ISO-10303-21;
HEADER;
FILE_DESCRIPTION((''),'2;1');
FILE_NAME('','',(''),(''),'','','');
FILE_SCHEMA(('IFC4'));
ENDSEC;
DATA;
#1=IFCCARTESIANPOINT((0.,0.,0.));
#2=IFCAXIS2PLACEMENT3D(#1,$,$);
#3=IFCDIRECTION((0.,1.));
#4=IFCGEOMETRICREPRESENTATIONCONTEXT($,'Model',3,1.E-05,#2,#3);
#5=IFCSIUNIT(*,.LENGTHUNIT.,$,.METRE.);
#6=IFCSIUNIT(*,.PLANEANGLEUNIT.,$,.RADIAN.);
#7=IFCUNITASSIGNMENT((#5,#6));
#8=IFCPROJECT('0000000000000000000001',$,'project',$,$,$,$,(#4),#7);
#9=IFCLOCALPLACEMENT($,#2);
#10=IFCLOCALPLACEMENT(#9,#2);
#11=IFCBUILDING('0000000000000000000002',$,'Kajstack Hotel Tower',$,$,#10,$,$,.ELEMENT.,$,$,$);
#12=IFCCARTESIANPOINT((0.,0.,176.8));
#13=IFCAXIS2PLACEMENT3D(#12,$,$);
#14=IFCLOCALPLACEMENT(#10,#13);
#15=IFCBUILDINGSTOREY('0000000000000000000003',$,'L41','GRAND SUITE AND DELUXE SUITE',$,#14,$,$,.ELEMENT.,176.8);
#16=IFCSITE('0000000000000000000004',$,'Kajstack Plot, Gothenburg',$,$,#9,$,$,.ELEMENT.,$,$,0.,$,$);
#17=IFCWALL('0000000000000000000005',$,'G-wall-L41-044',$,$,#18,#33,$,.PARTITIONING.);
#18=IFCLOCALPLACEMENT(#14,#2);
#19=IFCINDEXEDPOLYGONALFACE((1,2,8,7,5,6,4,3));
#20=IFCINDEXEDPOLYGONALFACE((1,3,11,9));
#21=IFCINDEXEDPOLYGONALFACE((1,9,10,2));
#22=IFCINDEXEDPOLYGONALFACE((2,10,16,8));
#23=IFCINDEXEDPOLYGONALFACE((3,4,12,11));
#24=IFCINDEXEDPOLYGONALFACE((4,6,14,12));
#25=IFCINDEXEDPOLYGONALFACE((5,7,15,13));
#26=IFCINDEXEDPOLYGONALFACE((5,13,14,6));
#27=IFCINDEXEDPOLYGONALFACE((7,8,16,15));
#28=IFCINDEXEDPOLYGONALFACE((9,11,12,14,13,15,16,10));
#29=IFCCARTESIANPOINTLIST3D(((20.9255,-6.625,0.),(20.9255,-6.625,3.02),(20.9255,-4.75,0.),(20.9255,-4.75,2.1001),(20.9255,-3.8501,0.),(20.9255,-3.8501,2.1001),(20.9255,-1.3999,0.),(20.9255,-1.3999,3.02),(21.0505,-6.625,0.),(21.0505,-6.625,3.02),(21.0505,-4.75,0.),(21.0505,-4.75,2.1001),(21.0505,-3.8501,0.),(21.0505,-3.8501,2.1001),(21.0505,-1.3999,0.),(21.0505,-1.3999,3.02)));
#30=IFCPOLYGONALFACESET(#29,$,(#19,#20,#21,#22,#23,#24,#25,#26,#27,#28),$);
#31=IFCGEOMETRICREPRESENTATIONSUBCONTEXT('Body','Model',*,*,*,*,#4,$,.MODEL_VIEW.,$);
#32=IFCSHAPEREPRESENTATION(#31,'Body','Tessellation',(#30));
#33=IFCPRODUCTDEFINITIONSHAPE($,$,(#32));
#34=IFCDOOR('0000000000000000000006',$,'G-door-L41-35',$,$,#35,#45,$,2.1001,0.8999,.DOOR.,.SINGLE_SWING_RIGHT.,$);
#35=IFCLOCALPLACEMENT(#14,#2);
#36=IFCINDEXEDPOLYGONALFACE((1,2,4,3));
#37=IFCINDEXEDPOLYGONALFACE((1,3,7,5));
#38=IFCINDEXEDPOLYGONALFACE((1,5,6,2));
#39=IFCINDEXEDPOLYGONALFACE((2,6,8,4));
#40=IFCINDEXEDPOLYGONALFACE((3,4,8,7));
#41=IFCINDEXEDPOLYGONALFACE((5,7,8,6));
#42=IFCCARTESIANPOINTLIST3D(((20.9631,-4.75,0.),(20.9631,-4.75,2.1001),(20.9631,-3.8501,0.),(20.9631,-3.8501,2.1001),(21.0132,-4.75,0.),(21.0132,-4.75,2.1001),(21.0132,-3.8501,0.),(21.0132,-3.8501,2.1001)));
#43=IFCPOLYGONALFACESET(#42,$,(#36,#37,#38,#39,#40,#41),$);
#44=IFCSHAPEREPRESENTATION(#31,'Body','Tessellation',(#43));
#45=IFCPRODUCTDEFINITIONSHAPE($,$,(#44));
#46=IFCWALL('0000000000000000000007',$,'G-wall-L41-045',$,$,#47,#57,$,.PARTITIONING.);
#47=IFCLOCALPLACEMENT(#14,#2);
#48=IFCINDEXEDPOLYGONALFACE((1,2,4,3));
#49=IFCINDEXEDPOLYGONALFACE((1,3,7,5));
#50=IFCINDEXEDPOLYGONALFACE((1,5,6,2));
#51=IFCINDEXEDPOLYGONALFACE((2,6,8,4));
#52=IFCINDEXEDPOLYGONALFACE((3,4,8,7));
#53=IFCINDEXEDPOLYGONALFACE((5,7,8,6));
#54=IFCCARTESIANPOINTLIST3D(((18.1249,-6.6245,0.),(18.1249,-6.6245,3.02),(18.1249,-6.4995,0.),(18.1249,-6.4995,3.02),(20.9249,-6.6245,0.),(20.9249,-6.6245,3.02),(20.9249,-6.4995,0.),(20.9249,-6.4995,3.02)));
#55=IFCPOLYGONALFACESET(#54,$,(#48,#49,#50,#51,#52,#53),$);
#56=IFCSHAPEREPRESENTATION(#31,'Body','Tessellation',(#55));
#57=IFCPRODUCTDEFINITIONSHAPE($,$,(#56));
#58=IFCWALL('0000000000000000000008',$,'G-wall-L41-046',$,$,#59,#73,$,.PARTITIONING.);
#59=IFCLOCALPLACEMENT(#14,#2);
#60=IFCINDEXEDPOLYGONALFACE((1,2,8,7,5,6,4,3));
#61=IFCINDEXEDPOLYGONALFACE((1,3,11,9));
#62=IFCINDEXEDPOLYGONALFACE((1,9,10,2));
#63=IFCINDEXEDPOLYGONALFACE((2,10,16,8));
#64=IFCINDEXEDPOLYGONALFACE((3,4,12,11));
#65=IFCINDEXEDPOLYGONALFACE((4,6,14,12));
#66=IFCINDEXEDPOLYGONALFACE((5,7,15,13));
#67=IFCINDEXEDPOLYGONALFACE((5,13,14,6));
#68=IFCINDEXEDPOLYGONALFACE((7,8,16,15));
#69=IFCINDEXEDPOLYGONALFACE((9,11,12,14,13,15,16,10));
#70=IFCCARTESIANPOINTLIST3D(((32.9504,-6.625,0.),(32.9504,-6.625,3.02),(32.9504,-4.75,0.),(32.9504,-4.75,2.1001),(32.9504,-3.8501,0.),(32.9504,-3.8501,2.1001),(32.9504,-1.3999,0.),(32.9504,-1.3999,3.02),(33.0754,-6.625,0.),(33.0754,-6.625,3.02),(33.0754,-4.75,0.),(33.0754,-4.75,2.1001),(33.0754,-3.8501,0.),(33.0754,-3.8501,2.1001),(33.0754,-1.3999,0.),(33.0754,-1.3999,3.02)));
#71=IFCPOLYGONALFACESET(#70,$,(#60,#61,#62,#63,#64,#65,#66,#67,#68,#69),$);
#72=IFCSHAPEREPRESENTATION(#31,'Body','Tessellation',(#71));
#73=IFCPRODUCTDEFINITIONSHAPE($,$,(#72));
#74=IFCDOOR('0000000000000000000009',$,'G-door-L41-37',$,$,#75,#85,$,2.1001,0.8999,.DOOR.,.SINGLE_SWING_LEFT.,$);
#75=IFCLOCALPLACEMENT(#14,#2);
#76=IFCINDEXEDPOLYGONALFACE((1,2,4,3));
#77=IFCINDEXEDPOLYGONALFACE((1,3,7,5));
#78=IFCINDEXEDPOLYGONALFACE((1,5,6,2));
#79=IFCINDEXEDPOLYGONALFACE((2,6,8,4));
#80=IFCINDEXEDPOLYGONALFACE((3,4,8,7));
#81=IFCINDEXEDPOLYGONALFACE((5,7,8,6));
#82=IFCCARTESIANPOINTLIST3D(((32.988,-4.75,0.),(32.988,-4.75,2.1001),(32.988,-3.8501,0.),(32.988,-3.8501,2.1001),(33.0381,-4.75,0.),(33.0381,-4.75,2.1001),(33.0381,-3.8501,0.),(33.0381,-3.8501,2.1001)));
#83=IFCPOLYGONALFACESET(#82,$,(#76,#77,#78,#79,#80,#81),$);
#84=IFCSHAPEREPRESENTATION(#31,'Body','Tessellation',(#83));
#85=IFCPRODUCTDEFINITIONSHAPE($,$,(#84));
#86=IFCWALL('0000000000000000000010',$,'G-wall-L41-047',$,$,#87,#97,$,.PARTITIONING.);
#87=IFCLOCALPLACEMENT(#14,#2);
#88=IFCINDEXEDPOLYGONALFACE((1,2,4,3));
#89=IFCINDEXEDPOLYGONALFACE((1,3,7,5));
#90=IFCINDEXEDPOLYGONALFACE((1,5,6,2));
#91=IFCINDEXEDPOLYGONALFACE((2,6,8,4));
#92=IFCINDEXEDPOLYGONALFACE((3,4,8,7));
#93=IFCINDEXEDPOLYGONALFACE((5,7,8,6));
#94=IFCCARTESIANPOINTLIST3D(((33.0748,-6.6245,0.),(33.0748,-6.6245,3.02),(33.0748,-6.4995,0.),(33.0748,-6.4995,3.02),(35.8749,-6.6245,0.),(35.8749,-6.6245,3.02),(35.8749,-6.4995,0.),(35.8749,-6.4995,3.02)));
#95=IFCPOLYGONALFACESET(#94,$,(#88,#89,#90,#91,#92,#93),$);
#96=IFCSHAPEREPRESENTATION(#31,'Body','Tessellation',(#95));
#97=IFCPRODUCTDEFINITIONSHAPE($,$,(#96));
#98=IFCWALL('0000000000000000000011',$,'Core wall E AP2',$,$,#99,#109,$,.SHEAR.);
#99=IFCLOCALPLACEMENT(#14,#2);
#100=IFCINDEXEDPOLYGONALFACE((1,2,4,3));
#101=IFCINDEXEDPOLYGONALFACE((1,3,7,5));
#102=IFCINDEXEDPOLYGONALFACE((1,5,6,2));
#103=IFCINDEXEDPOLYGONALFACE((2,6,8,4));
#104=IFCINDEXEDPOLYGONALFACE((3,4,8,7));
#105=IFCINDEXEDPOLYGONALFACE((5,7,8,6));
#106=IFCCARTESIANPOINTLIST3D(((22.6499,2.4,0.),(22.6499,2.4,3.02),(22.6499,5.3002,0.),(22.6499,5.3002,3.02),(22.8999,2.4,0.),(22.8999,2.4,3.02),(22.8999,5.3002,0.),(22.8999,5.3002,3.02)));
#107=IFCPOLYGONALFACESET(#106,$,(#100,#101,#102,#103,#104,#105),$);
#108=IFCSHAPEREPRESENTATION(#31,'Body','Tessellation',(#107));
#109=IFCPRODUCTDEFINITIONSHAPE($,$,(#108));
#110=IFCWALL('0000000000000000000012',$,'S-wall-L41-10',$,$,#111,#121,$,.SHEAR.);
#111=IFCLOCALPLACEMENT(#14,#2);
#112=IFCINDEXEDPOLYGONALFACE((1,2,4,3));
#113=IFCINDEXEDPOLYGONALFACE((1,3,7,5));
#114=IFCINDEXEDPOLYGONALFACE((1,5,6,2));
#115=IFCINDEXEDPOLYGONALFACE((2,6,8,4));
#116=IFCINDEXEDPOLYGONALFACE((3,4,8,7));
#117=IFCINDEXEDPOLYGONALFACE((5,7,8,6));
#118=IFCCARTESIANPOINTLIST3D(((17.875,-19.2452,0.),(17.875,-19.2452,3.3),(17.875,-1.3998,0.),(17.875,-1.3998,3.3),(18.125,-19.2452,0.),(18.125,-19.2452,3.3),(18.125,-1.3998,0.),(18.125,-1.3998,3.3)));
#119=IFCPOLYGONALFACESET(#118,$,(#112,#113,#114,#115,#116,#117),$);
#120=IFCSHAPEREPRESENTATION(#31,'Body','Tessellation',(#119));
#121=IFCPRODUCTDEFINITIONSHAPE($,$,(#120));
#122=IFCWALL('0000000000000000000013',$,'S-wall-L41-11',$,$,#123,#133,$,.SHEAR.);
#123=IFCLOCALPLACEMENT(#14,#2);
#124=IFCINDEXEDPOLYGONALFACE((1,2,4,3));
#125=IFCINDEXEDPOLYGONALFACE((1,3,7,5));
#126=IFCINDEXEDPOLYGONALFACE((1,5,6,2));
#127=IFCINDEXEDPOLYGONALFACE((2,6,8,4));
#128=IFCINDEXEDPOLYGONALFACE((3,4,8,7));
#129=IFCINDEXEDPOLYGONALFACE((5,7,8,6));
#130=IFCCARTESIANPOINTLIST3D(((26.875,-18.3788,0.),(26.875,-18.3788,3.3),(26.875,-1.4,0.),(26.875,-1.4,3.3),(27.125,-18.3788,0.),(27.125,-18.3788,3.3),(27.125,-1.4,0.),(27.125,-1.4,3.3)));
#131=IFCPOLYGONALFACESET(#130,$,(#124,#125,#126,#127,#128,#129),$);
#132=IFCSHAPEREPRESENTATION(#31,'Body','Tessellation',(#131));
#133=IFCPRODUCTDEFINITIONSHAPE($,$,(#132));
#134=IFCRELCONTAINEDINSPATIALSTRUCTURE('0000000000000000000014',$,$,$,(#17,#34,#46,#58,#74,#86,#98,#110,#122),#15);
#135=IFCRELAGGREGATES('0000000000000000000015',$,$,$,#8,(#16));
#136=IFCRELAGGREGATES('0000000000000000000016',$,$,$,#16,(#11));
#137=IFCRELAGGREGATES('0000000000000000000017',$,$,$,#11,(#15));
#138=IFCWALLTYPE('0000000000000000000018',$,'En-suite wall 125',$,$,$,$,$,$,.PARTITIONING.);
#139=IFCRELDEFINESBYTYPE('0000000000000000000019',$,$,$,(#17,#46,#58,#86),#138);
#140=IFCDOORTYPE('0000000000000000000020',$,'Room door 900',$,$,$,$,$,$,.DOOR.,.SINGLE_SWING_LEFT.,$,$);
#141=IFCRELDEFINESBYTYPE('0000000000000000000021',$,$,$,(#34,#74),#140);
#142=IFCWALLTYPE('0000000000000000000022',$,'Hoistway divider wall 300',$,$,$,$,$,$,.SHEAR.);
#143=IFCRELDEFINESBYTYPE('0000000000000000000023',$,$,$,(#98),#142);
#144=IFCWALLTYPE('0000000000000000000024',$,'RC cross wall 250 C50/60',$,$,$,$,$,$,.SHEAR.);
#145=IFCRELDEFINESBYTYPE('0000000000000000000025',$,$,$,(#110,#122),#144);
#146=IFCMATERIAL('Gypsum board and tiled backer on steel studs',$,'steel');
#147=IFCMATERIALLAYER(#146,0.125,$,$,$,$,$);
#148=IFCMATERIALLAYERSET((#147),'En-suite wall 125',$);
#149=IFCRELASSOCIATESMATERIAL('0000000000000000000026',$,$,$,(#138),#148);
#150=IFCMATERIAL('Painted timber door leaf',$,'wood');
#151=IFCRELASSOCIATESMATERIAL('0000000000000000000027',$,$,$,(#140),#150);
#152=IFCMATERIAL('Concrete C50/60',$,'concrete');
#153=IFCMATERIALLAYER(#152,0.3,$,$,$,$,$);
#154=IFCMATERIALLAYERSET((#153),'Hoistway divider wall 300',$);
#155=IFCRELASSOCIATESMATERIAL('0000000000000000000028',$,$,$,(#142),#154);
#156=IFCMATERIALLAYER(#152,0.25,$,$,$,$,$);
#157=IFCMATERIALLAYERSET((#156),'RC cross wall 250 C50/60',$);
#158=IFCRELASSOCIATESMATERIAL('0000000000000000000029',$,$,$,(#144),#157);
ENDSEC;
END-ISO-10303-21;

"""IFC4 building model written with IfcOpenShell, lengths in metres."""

from ifc_helpers import new_model, si_unit, direction, frame, frame_2d, origin, place, context, subcontext, project, spatial, rectangle, extrude, material, layer, layer_set, type_object, element, fill, save


model = new_model("IFC4")

# Units and contexts
model_context = context("Model", 3, precision=1e-05, world=origin(), true_north=direction((0.0, 1.0)))
body_context = subcontext(model_context, "Body", "Model", "MODEL_VIEW")
ifc_project = project(units=[si_unit("LENGTHUNIT", "METRE"), si_unit("PLANEANGLEUNIT", "RADIAN")], contexts=[model_context])

# Site, building, storey
site_placement = place(None, origin())
site = spatial("IfcSite", under=ifc_project, at=site_placement, Name="Kajstack Plot, Gothenburg", CompositionType="ELEMENT", RefElevation=0.0)
building_placement = place(site_placement, origin())
building = spatial("IfcBuilding", under=site, at=building_placement, Name="Kajstack Hotel Tower", CompositionType="ELEMENT")
storey_placement = place(building_placement, frame((0.0, 0.0, 176.8)))
storey = spatial("IfcBuildingStorey", under=building, at=storey_placement, Name="L41", Description="GRAND SUITE AND DELUXE SUITE", CompositionType="ELEMENT", Elevation=176.8)

# Wall, opening, door
ifc_material_1 = material(Name="Gypsum board and tiled backer on steel studs", Category="steel")
ifc_layer_1 = layer(ifc_material_1, 0.125)
ifc_layer_set_1 = layer_set([ifc_layer_1], Name="En-suite wall 125")
wall_type_1 = type_object("IfcWallType", Name="En-suite wall 125", PredefinedType="PARTITIONING", material=ifc_layer_set_1)
wall_1_placement = place(storey_placement, frame((20.988, -6.625, 0.0), z_axis=(0.0, 0.0, 1.0), x_axis=(0.0, 1.0, 0.0)))
wall_1 = element("IfcWall", 1, at=wall_1_placement, inside=storey, type_object=wall_type_1, Name="G-wall-L41-044", PredefinedType="PARTITIONING", context=body_context, shape_type="SweptSolid", body=[
    extrude(rectangle(XDim=5.2251, YDim=0.125, at=frame_2d((2.6125, 0.0))), origin(), (0.0, 0.0, 1.0), 3.02),
])
opening_1_placement = place(wall_1_placement, frame((1.875, 0.0, 0.0)))
opening_1 = element("IfcOpeningElement", 2, at=opening_1_placement, cuts=wall_1, PredefinedType="OPENING", context=body_context, shape_type="SweptSolid", body=[
    extrude(rectangle(XDim=0.8999, YDim=2.1001, at=frame_2d((0.45, 1.05))), frame((0.0, 0.0725, 0.0), z_axis=(0.0, -1.0, 0.0), x_axis=(1.0, 0.0, 0.0)), (0.0, 0.0, 1.0), 0.145),
])
ifc_material_2 = material(Name="Painted timber door leaf", Category="wood")
door_type_1 = type_object("IfcDoorType", Name="Room door 900", OperationType="SINGLE_SWING_LEFT", PredefinedType="DOOR", material=ifc_material_2)
door_1_placement = place(opening_1_placement, origin())
door_1 = element("IfcDoor", 3, at=door_1_placement, inside=storey, type_object=door_type_1, Name="G-door-L41-35", OperationType="SINGLE_SWING_RIGHT", OverallHeight=2.1001, OverallWidth=0.8999, PredefinedType="DOOR", context=body_context, shape_type="SweptSolid", body=[
    extrude(rectangle(XDim=0.8999, YDim=2.1001, at=frame_2d((0.45, 1.05))), frame((0.0, 0.0249, 0.0), z_axis=(0.0, -1.0, 0.0), x_axis=(1.0, 0.0, 0.0)), (0.0, 0.0, 1.0), 0.05),
])
fill(opening_1, door_1)

# Wall
wall_2_placement = place(storey_placement, frame((18.125, -6.562, 0.0), z_axis=(0.0, 0.0, 1.0), x_axis=(1.0, 0.0, 0.0)))
element("IfcWall", 4, at=wall_2_placement, inside=storey, type_object=wall_type_1, Name="G-wall-L41-045", PredefinedType="PARTITIONING", context=body_context, shape_type="SweptSolid", body=[
    extrude(rectangle(XDim=2.8, YDim=0.125, at=frame_2d((1.3999, 0.0))), origin(), (0.0, 0.0, 1.0), 3.02),
])

# Wall, opening, door
wall_3_placement = place(storey_placement, frame((33.0129, -6.625, 0.0), z_axis=(0.0, 0.0, 1.0), x_axis=(0.0, 1.0, 0.0)))
wall_3 = element("IfcWall", 5, at=wall_3_placement, inside=storey, type_object=wall_type_1, Name="G-wall-L41-046", PredefinedType="PARTITIONING", context=body_context, shape_type="SweptSolid", body=[
    extrude(rectangle(XDim=5.2251, YDim=0.125, at=frame_2d((2.6125, 0.0))), origin(), (0.0, 0.0, 1.0), 3.02),
])
opening_2_placement = place(wall_3_placement, frame((1.875, 0.0, 0.0)))
opening_2 = element("IfcOpeningElement", 6, at=opening_2_placement, cuts=wall_3, PredefinedType="OPENING", context=body_context, shape_type="SweptSolid", body=[
    extrude(rectangle(XDim=0.8999, YDim=2.1001, at=frame_2d((0.45, 1.05))), frame((0.0, 0.0725, 0.0), z_axis=(0.0, -1.0, 0.0), x_axis=(1.0, 0.0, 0.0)), (0.0, 0.0, 1.0), 0.145),
])
door_2_placement = place(opening_2_placement, origin())
door_2 = element("IfcDoor", 7, at=door_2_placement, inside=storey, type_object=door_type_1, Name="G-door-L41-37", OperationType="SINGLE_SWING_LEFT", OverallHeight=2.1001, OverallWidth=0.8999, PredefinedType="DOOR", context=body_context, shape_type="SweptSolid", body=[
    extrude(rectangle(XDim=0.8999, YDim=2.1001, at=frame_2d((0.45, 1.05))), frame((0.0, 0.0249, 0.0), z_axis=(0.0, -1.0, 0.0), x_axis=(1.0, 0.0, 0.0)), (0.0, 0.0, 1.0), 0.05),
])
fill(opening_2, door_2)

# Walls
wall_4_placement = place(storey_placement, frame((33.075, -6.562, 0.0), z_axis=(0.0, 0.0, 1.0), x_axis=(1.0, 0.0, 0.0)))
element("IfcWall", 8, at=wall_4_placement, inside=storey, type_object=wall_type_1, Name="G-wall-L41-047", PredefinedType="PARTITIONING", context=body_context, shape_type="SweptSolid", body=[
    extrude(rectangle(XDim=2.8, YDim=0.125, at=frame_2d((1.3999, 0.0))), origin(), (0.0, 0.0, 1.0), 3.02),
])
ifc_material_3 = material(Name="Concrete C50/60", Category="concrete")
ifc_layer_2 = layer(ifc_material_3, 0.3)
ifc_layer_set_2 = layer_set([ifc_layer_2], Name="Hoistway divider wall 300")
wall_type_2 = type_object("IfcWallType", Name="Hoistway divider wall 300", PredefinedType="SHEAR", material=ifc_layer_set_2)
wall_5_placement = place(storey_placement, frame((22.7749, 2.3999, 0.0), z_axis=(0.0, 0.0, 1.0), x_axis=(0.0, 1.0, 0.0)))
element("IfcWall", 9, at=wall_5_placement, inside=storey, type_object=wall_type_2, Name="Core wall E AP2", PredefinedType="SHEAR", context=body_context, shape_type="SweptSolid", body=[
    extrude(rectangle(XDim=2.9001, YDim=0.25, at=frame_2d((1.4502, 0.0))), origin(), (0.0, 0.0, 1.0), 3.02),
])
ifc_layer_3 = layer(ifc_material_3, 0.25)
ifc_layer_set_3 = layer_set([ifc_layer_3], Name="RC cross wall 250 C50/60")
wall_type_3 = type_object("IfcWallType", Name="RC cross wall 250 C50/60", PredefinedType="SHEAR", material=ifc_layer_set_3)
wall_6_placement = place(storey_placement, frame((18.0, -19.2454, 0.0), z_axis=(0.0, 0.0, 1.0), x_axis=(0.0, 1.0, 0.0)))
element("IfcWall", 10, at=wall_6_placement, inside=storey, type_object=wall_type_3, Name="S-wall-L41-10", PredefinedType="SHEAR", context=body_context, shape_type="SweptSolid", body=[
    extrude(rectangle(XDim=17.8455, YDim=0.25, at=frame_2d((8.9229, 0.0))), origin(), (0.0, 0.0, 1.0), 3.3),
])
wall_7_placement = place(storey_placement, frame((27.0, -18.3787, 0.0), z_axis=(0.0, 0.0, 1.0), x_axis=(0.0, 1.0, 0.0)))
element("IfcWall", 11, at=wall_7_placement, inside=storey, type_object=wall_type_3, Name="S-wall-L41-11", PredefinedType="SHEAR", context=body_context, shape_type="SweptSolid", body=[
    extrude(rectangle(XDim=16.9788, YDim=0.25, at=frame_2d((8.4893, 0.0))), origin(), (0.0, 0.0, 1.0), 3.3),
])

save(model, "model.ifc")
